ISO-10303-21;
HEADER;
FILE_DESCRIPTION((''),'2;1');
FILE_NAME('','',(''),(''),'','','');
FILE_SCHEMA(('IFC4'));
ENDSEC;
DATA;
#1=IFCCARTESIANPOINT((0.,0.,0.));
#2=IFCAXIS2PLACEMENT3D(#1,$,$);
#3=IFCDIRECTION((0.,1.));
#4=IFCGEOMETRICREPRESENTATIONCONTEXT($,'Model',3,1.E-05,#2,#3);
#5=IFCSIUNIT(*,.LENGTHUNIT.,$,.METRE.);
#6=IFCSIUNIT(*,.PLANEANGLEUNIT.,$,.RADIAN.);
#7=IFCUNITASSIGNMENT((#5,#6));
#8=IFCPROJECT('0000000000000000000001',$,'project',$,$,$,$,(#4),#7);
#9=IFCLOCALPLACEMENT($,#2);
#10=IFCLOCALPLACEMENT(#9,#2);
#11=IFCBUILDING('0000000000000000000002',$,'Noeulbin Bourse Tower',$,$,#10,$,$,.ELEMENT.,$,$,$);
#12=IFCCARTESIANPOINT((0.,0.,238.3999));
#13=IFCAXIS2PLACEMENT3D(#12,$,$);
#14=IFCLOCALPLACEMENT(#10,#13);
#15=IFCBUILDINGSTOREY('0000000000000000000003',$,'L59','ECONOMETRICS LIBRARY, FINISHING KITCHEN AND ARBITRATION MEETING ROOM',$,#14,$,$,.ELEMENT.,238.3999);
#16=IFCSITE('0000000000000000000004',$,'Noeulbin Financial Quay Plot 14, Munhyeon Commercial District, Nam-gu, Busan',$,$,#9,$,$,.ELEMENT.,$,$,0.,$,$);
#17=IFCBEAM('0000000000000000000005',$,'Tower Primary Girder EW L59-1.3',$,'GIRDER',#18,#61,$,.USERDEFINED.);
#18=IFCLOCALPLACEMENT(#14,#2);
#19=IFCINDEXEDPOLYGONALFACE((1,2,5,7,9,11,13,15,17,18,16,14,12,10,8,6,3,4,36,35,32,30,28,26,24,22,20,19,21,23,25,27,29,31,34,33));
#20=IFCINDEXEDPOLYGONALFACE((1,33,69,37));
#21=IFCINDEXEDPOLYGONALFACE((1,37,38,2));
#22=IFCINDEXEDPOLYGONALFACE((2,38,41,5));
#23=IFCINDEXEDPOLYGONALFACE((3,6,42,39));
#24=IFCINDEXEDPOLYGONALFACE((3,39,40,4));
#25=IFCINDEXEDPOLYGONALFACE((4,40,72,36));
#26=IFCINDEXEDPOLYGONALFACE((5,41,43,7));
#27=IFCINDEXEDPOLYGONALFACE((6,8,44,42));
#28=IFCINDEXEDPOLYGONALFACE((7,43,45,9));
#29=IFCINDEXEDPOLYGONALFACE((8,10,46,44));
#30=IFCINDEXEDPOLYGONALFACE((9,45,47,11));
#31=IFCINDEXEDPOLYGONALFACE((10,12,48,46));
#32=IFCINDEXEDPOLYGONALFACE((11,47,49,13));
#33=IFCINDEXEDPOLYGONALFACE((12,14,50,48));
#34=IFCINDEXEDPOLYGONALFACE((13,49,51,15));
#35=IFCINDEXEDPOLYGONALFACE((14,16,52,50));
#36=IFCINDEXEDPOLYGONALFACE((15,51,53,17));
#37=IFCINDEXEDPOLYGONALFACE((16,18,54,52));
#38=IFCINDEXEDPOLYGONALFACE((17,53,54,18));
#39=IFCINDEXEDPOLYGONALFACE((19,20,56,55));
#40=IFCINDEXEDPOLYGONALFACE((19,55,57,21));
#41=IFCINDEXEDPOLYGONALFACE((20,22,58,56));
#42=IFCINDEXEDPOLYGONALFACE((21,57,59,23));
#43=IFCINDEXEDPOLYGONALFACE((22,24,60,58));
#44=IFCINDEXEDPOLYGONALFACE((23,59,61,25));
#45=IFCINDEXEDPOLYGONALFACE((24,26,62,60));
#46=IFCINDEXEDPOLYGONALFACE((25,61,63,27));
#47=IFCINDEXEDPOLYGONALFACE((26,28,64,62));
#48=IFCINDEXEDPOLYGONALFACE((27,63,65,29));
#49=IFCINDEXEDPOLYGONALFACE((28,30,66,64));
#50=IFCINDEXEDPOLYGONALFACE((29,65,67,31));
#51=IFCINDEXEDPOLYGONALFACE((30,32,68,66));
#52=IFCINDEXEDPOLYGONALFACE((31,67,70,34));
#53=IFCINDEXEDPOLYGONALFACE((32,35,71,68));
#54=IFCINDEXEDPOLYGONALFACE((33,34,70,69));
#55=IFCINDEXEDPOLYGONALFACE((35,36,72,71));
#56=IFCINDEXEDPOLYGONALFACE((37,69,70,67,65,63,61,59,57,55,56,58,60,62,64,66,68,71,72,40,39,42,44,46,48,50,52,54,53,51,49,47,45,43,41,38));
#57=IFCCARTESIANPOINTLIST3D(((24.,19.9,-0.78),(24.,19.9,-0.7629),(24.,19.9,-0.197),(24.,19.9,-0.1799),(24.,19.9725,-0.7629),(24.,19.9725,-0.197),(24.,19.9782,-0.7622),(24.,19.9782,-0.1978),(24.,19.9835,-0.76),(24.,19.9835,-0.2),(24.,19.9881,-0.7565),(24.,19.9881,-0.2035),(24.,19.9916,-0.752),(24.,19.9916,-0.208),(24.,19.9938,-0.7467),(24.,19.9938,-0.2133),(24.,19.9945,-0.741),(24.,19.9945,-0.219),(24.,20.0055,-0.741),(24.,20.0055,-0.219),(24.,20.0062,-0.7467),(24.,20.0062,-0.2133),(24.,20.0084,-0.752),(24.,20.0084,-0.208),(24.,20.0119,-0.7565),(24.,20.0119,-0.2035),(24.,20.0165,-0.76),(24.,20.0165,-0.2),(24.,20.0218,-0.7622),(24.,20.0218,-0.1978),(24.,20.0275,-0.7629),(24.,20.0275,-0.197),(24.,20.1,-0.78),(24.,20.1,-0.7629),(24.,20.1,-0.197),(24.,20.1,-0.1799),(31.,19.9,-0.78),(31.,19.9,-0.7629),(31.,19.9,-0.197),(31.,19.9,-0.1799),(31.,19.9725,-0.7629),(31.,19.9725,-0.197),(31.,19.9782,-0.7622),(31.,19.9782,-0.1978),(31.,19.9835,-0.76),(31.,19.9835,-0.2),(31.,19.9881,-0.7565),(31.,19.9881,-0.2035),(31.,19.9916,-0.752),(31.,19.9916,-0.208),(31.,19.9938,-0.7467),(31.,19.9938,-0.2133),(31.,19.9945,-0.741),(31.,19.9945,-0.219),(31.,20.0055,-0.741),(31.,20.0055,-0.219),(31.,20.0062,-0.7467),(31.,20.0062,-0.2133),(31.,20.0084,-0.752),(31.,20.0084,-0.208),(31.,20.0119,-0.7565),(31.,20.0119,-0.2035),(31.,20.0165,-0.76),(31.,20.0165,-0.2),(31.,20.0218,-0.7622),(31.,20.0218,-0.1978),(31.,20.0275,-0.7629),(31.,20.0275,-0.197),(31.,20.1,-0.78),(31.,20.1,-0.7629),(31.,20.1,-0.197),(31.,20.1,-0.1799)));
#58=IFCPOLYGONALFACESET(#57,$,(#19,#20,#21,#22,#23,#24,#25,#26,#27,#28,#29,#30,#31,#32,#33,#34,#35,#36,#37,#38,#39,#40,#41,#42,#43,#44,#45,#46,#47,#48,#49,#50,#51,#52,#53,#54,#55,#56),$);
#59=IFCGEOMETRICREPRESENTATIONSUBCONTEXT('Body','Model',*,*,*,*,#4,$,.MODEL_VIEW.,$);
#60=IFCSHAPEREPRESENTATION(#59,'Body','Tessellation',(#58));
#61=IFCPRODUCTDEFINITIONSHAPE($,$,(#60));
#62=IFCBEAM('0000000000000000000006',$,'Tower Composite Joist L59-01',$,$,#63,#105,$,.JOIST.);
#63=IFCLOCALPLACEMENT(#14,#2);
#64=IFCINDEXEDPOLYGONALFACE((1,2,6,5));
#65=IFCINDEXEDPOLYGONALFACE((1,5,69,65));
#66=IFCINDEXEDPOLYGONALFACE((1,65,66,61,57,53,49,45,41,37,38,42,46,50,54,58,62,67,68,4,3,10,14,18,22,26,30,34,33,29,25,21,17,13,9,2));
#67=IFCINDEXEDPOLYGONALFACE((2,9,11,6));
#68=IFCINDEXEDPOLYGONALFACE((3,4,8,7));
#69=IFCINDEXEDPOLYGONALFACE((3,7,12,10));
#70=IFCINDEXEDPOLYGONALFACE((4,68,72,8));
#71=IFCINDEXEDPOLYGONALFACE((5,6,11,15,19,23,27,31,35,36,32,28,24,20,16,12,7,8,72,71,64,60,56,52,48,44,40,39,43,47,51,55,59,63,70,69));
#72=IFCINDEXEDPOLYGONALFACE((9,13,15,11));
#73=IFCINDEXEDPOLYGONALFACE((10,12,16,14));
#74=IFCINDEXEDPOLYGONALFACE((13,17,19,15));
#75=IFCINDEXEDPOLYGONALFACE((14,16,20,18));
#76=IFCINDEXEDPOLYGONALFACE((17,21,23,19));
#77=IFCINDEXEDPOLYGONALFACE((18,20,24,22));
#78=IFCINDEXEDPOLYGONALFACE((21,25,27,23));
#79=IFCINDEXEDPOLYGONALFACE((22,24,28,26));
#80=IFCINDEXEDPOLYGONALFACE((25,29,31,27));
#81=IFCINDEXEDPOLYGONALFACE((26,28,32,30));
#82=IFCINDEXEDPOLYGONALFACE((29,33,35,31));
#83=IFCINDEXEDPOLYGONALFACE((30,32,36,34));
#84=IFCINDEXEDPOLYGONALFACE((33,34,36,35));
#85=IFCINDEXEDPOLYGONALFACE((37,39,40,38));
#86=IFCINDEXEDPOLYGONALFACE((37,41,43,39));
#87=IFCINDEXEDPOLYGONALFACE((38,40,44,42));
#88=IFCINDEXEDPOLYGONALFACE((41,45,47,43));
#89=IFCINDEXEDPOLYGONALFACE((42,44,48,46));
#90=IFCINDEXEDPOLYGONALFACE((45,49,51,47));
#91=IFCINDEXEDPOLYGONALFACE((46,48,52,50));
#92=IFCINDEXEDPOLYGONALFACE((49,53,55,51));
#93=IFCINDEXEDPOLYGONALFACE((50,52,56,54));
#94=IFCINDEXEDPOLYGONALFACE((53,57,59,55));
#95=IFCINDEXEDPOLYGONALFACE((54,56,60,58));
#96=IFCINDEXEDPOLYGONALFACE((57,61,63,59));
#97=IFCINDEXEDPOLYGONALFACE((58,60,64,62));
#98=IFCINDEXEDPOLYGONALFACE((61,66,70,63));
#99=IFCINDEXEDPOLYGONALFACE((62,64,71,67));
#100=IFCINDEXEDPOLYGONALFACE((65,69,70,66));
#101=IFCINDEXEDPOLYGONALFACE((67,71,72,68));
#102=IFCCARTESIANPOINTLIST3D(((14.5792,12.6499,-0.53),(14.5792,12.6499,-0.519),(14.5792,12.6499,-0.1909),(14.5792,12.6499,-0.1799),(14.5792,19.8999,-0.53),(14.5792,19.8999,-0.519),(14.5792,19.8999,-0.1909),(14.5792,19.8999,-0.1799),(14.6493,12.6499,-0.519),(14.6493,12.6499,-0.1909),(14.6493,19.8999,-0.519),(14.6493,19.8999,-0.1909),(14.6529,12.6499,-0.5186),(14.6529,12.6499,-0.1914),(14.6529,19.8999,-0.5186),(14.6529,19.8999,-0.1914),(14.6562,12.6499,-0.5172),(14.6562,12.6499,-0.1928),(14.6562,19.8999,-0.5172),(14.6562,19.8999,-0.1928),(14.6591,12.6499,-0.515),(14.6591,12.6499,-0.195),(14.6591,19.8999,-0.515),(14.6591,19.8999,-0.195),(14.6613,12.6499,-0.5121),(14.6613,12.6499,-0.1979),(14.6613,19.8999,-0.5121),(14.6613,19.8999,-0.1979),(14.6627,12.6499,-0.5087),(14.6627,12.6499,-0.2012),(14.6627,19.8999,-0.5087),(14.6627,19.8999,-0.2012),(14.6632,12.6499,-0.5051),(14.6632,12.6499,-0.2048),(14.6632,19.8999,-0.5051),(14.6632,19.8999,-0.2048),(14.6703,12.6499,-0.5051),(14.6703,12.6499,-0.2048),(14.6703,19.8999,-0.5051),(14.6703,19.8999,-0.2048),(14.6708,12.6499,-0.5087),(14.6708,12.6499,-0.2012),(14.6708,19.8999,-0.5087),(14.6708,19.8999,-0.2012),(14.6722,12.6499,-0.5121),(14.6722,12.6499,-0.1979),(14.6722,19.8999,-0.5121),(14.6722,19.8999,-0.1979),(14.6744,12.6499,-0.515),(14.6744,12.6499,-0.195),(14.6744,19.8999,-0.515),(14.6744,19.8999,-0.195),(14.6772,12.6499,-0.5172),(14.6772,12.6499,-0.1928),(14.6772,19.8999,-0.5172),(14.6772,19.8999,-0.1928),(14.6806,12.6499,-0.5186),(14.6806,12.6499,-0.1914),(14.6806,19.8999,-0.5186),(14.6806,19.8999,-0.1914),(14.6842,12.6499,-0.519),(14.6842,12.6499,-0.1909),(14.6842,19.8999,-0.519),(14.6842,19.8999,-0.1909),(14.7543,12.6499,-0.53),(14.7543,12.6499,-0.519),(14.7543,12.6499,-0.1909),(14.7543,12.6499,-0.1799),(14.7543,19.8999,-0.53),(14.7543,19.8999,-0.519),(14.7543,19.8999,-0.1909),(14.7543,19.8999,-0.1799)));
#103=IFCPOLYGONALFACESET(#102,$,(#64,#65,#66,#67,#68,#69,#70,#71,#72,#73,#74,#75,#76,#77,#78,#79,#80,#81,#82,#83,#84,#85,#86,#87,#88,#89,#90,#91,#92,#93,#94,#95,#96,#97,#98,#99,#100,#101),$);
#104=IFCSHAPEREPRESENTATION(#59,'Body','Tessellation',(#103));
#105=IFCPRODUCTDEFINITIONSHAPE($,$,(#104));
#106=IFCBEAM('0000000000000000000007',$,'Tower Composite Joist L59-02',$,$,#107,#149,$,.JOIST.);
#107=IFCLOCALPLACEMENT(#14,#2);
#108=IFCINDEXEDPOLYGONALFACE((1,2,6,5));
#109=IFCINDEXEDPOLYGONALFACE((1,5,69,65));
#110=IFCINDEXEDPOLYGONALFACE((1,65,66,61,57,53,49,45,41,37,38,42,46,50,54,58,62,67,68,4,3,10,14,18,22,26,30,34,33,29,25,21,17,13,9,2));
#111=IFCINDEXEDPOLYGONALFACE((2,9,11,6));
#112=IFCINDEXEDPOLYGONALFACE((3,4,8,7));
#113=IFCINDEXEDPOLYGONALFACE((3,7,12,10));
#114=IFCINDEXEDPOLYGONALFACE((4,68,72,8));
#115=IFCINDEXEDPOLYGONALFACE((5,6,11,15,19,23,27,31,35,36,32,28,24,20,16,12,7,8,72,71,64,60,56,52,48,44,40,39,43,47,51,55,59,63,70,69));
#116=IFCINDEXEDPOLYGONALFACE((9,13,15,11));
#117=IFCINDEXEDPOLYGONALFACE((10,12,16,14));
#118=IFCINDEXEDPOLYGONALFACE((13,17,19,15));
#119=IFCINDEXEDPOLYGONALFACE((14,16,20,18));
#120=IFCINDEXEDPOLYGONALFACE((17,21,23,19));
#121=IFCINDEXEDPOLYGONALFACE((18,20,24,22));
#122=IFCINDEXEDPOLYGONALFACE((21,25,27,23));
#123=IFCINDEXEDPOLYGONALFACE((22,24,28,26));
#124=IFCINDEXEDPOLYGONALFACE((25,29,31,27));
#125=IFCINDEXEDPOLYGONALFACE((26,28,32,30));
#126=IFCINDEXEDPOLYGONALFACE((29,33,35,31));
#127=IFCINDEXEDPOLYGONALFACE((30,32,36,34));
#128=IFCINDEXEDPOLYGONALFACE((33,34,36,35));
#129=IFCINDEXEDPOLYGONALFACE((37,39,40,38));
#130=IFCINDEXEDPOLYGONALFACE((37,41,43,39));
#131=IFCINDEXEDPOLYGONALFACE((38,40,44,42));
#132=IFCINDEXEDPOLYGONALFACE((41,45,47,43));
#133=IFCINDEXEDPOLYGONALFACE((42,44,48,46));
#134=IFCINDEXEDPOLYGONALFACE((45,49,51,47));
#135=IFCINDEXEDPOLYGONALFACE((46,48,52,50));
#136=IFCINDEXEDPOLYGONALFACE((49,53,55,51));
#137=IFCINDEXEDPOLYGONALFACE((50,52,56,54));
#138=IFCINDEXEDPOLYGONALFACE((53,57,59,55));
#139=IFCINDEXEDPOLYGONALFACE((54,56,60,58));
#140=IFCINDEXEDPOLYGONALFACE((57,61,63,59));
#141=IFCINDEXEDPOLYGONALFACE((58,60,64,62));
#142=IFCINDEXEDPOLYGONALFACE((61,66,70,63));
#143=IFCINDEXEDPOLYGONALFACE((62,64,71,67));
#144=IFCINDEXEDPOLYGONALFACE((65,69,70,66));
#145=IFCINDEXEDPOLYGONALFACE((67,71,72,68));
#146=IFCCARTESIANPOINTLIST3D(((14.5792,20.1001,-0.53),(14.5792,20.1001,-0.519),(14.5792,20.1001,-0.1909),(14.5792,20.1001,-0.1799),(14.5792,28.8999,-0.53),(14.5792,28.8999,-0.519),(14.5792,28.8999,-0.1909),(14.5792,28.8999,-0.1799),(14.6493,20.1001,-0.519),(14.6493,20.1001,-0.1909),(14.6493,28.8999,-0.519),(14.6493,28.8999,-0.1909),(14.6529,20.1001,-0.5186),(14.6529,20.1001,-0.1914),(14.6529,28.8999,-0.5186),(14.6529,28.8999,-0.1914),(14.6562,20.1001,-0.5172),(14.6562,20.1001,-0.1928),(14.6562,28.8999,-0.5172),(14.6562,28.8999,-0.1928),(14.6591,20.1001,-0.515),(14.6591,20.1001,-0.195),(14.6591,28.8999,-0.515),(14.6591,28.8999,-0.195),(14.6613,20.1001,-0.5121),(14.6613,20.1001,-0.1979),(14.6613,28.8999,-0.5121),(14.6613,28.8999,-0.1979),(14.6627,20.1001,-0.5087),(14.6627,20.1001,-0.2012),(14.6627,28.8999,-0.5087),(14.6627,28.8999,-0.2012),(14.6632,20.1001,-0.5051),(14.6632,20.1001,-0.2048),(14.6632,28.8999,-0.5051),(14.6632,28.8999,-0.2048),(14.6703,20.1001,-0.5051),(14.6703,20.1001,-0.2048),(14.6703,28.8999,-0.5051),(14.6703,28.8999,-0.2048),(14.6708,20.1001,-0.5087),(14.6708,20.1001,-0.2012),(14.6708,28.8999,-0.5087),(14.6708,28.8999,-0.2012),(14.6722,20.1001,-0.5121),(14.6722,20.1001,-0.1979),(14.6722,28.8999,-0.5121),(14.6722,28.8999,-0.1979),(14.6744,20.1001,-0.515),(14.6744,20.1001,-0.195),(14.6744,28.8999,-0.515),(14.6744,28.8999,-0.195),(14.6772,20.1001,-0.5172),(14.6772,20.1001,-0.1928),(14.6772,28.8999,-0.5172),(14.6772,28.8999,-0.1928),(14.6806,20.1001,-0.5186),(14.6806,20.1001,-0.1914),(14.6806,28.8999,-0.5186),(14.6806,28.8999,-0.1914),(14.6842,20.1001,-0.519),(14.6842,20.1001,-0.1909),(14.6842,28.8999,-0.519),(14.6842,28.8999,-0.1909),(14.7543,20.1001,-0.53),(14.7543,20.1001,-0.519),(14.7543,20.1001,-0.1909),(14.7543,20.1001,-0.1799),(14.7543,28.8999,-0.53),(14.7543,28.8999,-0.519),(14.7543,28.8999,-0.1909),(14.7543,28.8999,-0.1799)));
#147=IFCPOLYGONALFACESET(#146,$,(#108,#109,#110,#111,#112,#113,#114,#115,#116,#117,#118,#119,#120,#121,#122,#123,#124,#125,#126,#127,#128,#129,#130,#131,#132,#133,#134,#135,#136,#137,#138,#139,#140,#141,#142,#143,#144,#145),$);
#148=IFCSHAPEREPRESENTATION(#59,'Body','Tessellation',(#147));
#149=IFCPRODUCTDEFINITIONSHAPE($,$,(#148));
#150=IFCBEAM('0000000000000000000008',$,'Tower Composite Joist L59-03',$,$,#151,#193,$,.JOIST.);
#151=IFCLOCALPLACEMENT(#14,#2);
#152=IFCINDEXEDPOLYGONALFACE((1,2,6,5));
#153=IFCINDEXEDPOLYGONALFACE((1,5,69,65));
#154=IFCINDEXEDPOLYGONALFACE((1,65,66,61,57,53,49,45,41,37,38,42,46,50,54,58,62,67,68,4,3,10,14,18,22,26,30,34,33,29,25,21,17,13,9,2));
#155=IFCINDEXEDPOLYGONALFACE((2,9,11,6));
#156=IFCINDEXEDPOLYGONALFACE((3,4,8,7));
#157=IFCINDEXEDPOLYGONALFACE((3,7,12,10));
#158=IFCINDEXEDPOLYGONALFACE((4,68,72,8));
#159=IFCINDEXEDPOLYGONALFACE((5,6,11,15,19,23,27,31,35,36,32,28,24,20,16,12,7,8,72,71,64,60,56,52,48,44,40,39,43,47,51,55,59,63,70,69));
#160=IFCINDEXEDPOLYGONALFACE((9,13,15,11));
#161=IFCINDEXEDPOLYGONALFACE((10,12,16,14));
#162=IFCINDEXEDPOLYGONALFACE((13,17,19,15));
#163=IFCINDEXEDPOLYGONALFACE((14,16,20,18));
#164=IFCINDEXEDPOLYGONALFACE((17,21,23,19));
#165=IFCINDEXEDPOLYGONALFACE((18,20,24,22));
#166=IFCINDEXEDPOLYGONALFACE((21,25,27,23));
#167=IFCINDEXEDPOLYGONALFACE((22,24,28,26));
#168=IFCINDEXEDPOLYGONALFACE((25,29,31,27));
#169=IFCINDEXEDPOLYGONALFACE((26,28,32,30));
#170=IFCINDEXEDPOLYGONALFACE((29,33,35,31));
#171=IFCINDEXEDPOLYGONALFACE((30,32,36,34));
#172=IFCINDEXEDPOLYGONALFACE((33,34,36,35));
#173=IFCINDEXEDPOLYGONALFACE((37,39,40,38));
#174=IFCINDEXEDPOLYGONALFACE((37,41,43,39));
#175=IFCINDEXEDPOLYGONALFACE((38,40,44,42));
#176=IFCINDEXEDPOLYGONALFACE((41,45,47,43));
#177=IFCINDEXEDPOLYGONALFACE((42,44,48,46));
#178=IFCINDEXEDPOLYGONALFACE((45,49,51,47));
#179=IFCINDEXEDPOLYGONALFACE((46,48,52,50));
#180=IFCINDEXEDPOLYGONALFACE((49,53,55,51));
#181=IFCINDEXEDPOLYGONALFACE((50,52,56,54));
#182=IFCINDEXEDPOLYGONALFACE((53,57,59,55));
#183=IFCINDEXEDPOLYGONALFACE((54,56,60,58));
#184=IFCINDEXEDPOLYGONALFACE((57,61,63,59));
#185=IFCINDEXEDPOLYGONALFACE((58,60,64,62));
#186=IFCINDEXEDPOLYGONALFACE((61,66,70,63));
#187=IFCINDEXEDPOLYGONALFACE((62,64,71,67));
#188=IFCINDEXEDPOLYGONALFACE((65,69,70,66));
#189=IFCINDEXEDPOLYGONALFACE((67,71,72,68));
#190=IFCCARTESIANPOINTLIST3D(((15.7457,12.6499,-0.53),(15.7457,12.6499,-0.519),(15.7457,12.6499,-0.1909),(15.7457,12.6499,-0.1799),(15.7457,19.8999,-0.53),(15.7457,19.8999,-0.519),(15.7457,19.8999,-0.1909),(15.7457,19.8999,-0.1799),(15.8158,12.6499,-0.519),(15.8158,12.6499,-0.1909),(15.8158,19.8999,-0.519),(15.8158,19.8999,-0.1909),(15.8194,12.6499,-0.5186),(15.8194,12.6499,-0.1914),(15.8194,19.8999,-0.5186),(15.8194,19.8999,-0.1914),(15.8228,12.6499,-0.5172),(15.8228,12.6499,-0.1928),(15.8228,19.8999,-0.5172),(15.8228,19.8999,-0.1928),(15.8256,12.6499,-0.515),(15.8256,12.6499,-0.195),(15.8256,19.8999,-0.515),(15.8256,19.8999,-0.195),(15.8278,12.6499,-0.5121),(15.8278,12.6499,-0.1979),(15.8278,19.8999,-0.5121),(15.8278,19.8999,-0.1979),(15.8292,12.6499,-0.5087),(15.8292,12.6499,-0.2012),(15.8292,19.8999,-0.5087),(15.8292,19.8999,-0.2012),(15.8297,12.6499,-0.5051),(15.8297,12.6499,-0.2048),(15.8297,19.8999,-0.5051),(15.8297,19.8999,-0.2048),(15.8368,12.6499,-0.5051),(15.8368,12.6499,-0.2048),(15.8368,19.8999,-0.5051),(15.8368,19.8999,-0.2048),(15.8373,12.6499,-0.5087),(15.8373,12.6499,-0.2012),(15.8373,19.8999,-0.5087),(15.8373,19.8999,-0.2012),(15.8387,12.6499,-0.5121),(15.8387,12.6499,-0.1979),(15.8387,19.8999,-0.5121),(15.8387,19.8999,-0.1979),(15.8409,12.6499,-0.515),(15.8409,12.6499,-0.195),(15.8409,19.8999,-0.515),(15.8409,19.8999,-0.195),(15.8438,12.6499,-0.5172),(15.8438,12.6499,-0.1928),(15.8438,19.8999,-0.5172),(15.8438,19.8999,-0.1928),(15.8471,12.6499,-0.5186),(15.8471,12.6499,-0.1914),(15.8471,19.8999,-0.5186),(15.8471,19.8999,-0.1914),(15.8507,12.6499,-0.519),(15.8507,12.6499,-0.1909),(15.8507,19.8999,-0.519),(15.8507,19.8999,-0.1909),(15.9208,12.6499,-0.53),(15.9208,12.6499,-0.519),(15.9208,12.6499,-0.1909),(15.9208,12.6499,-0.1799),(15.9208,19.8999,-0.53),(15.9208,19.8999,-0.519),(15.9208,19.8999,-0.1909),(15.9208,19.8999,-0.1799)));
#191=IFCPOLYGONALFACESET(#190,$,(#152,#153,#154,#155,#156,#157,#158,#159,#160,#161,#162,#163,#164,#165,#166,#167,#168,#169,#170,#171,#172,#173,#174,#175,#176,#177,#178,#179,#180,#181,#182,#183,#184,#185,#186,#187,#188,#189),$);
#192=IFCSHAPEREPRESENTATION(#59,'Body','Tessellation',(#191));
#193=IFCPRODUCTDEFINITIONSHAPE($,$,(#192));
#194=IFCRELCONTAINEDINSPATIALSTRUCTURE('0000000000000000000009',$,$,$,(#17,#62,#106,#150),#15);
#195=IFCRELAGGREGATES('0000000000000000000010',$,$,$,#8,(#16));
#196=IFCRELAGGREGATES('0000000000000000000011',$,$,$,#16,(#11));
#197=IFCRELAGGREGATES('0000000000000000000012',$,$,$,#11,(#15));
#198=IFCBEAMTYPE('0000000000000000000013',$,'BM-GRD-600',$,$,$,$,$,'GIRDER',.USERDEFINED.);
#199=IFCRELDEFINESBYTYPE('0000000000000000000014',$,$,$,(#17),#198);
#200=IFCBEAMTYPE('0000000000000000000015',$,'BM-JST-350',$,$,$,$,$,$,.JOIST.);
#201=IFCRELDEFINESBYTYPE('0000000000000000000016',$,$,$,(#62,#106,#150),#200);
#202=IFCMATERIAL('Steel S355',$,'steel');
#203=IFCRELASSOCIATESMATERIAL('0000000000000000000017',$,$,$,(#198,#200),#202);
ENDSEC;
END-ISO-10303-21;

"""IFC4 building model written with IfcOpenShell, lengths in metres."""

from ifc_helpers import new_model, si_unit, direction, frame, origin, origin_2d, place, context, subcontext, project, spatial, i_section, extrude, material, material_profile, profile_set, type_object, element, save


model = new_model("IFC4")

# Units and contexts
model_context = context("Model", 3, precision=1e-05, world=origin(), true_north=direction((0.0, 1.0)))
body_context = subcontext(model_context, "Body", "Model", "MODEL_VIEW")
ifc_project = project(units=[si_unit("LENGTHUNIT", "METRE"), si_unit("PLANEANGLEUNIT", "RADIAN")], contexts=[model_context])

# Site, building, storey
site_placement = place(None, origin())
site = spatial("IfcSite", under=ifc_project, at=site_placement, Name="Noeulbin Financial Quay Plot 14, Munhyeon Commercial District, Nam-gu, Busan", CompositionType="ELEMENT", RefElevation=0.0)
building_placement = place(site_placement, origin())
building = spatial("IfcBuilding", under=site, at=building_placement, Name="Noeulbin Bourse Tower", CompositionType="ELEMENT")
storey_placement = place(building_placement, frame((0.0, 0.0, 238.3999)))
storey = spatial("IfcBuildingStorey", under=building, at=storey_placement, Name="L59", Description="ECONOMETRICS LIBRARY, FINISHING KITCHEN AND ARBITRATION MEETING ROOM", CompositionType="ELEMENT", Elevation=238.3999)

# Shared definitions
ifc_material_1 = material(Name="Steel S355", Category="steel")

# Beams
ifc_material_profile_1 = material_profile(ifc_material_1, i_section(OverallWidth=0.2, OverallDepth=0.6001, WebThickness=0.011, FlangeThickness=0.0171, FilletRadius=0.022, at=origin_2d()), Name="H-600x200x11x17", Category="LoadBearing")
ifc_profile_set_1 = profile_set([ifc_material_profile_1], Name="Steel S355")
beam_type_1 = type_object("IfcBeamType", Name="BM-GRD-600", ElementType="GIRDER", PredefinedType="USERDEFINED", material=ifc_profile_set_1)
beam_1_placement = place(storey_placement, frame((24.0, 20.0, -0.48), z_axis=(1.0, 0.0, 0.0), x_axis=(0.0, 1.0, 0.0)))
element("IfcBeam", 1, at=beam_1_placement, inside=storey, type_object=beam_type_1, Name="Tower Primary Girder EW L59-1.3", ObjectType="GIRDER", PredefinedType="USERDEFINED", context=body_context, shape_type="SweptSolid", body=[
    extrude(i_section(OverallWidth=0.2, OverallDepth=0.6001, WebThickness=0.011, FlangeThickness=0.0171, FilletRadius=0.022, at=origin_2d()), origin(), (0.0, 0.0, 1.0), 7.0),
])
ifc_material_profile_2 = material_profile(ifc_material_1, i_section(OverallWidth=0.175, OverallDepth=0.3501, WebThickness=0.0071, FlangeThickness=0.011, FilletRadius=0.0139, at=origin_2d()), Name="H-350x175x7x11", Category="LoadBearing")
ifc_profile_set_2 = profile_set([ifc_material_profile_2], Name="Steel S355")
beam_type_2 = type_object("IfcBeamType", Name="BM-JST-350", PredefinedType="JOIST", material=ifc_profile_set_2)
beam_2_placement = place(storey_placement, frame((14.6667, 12.6499, -0.355), z_axis=(0.0, 1.0, 0.0), x_axis=(-1.0, 0.0, 0.0)))
element("IfcBeam", 2, at=beam_2_placement, inside=storey, type_object=beam_type_2, Name="Tower Composite Joist L59-01", PredefinedType="JOIST", context=body_context, shape_type="SweptSolid", body=[
    extrude(i_section(OverallWidth=0.175, OverallDepth=0.3501, WebThickness=0.0071, FlangeThickness=0.011, FilletRadius=0.0139, at=origin_2d()), origin(), (0.0, 0.0, 1.0), 7.25),
])
beam_3_placement = place(storey_placement, frame((14.6667, 20.1001, -0.355), z_axis=(0.0, 1.0, 0.0), x_axis=(-1.0, 0.0, 0.0)))
element("IfcBeam", 3, at=beam_3_placement, inside=storey, type_object=beam_type_2, Name="Tower Composite Joist L59-02", PredefinedType="JOIST", context=body_context, shape_type="SweptSolid", body=[
    extrude(i_section(OverallWidth=0.175, OverallDepth=0.3501, WebThickness=0.0071, FlangeThickness=0.011, FilletRadius=0.0139, at=origin_2d()), origin(), (0.0, 0.0, 1.0), 8.7998),
])
beam_4_placement = place(storey_placement, frame((15.8333, 12.6499, -0.355), z_axis=(0.0, 1.0, 0.0), x_axis=(-1.0, 0.0, 0.0)))
element("IfcBeam", 4, at=beam_4_placement, inside=storey, type_object=beam_type_2, Name="Tower Composite Joist L59-03", PredefinedType="JOIST", context=body_context, shape_type="SweptSolid", body=[
    extrude(i_section(OverallWidth=0.175, OverallDepth=0.3501, WebThickness=0.0071, FlangeThickness=0.011, FilletRadius=0.0139, at=origin_2d()), origin(), (0.0, 0.0, 1.0), 7.25),
])

save(model, "model.ifc")
